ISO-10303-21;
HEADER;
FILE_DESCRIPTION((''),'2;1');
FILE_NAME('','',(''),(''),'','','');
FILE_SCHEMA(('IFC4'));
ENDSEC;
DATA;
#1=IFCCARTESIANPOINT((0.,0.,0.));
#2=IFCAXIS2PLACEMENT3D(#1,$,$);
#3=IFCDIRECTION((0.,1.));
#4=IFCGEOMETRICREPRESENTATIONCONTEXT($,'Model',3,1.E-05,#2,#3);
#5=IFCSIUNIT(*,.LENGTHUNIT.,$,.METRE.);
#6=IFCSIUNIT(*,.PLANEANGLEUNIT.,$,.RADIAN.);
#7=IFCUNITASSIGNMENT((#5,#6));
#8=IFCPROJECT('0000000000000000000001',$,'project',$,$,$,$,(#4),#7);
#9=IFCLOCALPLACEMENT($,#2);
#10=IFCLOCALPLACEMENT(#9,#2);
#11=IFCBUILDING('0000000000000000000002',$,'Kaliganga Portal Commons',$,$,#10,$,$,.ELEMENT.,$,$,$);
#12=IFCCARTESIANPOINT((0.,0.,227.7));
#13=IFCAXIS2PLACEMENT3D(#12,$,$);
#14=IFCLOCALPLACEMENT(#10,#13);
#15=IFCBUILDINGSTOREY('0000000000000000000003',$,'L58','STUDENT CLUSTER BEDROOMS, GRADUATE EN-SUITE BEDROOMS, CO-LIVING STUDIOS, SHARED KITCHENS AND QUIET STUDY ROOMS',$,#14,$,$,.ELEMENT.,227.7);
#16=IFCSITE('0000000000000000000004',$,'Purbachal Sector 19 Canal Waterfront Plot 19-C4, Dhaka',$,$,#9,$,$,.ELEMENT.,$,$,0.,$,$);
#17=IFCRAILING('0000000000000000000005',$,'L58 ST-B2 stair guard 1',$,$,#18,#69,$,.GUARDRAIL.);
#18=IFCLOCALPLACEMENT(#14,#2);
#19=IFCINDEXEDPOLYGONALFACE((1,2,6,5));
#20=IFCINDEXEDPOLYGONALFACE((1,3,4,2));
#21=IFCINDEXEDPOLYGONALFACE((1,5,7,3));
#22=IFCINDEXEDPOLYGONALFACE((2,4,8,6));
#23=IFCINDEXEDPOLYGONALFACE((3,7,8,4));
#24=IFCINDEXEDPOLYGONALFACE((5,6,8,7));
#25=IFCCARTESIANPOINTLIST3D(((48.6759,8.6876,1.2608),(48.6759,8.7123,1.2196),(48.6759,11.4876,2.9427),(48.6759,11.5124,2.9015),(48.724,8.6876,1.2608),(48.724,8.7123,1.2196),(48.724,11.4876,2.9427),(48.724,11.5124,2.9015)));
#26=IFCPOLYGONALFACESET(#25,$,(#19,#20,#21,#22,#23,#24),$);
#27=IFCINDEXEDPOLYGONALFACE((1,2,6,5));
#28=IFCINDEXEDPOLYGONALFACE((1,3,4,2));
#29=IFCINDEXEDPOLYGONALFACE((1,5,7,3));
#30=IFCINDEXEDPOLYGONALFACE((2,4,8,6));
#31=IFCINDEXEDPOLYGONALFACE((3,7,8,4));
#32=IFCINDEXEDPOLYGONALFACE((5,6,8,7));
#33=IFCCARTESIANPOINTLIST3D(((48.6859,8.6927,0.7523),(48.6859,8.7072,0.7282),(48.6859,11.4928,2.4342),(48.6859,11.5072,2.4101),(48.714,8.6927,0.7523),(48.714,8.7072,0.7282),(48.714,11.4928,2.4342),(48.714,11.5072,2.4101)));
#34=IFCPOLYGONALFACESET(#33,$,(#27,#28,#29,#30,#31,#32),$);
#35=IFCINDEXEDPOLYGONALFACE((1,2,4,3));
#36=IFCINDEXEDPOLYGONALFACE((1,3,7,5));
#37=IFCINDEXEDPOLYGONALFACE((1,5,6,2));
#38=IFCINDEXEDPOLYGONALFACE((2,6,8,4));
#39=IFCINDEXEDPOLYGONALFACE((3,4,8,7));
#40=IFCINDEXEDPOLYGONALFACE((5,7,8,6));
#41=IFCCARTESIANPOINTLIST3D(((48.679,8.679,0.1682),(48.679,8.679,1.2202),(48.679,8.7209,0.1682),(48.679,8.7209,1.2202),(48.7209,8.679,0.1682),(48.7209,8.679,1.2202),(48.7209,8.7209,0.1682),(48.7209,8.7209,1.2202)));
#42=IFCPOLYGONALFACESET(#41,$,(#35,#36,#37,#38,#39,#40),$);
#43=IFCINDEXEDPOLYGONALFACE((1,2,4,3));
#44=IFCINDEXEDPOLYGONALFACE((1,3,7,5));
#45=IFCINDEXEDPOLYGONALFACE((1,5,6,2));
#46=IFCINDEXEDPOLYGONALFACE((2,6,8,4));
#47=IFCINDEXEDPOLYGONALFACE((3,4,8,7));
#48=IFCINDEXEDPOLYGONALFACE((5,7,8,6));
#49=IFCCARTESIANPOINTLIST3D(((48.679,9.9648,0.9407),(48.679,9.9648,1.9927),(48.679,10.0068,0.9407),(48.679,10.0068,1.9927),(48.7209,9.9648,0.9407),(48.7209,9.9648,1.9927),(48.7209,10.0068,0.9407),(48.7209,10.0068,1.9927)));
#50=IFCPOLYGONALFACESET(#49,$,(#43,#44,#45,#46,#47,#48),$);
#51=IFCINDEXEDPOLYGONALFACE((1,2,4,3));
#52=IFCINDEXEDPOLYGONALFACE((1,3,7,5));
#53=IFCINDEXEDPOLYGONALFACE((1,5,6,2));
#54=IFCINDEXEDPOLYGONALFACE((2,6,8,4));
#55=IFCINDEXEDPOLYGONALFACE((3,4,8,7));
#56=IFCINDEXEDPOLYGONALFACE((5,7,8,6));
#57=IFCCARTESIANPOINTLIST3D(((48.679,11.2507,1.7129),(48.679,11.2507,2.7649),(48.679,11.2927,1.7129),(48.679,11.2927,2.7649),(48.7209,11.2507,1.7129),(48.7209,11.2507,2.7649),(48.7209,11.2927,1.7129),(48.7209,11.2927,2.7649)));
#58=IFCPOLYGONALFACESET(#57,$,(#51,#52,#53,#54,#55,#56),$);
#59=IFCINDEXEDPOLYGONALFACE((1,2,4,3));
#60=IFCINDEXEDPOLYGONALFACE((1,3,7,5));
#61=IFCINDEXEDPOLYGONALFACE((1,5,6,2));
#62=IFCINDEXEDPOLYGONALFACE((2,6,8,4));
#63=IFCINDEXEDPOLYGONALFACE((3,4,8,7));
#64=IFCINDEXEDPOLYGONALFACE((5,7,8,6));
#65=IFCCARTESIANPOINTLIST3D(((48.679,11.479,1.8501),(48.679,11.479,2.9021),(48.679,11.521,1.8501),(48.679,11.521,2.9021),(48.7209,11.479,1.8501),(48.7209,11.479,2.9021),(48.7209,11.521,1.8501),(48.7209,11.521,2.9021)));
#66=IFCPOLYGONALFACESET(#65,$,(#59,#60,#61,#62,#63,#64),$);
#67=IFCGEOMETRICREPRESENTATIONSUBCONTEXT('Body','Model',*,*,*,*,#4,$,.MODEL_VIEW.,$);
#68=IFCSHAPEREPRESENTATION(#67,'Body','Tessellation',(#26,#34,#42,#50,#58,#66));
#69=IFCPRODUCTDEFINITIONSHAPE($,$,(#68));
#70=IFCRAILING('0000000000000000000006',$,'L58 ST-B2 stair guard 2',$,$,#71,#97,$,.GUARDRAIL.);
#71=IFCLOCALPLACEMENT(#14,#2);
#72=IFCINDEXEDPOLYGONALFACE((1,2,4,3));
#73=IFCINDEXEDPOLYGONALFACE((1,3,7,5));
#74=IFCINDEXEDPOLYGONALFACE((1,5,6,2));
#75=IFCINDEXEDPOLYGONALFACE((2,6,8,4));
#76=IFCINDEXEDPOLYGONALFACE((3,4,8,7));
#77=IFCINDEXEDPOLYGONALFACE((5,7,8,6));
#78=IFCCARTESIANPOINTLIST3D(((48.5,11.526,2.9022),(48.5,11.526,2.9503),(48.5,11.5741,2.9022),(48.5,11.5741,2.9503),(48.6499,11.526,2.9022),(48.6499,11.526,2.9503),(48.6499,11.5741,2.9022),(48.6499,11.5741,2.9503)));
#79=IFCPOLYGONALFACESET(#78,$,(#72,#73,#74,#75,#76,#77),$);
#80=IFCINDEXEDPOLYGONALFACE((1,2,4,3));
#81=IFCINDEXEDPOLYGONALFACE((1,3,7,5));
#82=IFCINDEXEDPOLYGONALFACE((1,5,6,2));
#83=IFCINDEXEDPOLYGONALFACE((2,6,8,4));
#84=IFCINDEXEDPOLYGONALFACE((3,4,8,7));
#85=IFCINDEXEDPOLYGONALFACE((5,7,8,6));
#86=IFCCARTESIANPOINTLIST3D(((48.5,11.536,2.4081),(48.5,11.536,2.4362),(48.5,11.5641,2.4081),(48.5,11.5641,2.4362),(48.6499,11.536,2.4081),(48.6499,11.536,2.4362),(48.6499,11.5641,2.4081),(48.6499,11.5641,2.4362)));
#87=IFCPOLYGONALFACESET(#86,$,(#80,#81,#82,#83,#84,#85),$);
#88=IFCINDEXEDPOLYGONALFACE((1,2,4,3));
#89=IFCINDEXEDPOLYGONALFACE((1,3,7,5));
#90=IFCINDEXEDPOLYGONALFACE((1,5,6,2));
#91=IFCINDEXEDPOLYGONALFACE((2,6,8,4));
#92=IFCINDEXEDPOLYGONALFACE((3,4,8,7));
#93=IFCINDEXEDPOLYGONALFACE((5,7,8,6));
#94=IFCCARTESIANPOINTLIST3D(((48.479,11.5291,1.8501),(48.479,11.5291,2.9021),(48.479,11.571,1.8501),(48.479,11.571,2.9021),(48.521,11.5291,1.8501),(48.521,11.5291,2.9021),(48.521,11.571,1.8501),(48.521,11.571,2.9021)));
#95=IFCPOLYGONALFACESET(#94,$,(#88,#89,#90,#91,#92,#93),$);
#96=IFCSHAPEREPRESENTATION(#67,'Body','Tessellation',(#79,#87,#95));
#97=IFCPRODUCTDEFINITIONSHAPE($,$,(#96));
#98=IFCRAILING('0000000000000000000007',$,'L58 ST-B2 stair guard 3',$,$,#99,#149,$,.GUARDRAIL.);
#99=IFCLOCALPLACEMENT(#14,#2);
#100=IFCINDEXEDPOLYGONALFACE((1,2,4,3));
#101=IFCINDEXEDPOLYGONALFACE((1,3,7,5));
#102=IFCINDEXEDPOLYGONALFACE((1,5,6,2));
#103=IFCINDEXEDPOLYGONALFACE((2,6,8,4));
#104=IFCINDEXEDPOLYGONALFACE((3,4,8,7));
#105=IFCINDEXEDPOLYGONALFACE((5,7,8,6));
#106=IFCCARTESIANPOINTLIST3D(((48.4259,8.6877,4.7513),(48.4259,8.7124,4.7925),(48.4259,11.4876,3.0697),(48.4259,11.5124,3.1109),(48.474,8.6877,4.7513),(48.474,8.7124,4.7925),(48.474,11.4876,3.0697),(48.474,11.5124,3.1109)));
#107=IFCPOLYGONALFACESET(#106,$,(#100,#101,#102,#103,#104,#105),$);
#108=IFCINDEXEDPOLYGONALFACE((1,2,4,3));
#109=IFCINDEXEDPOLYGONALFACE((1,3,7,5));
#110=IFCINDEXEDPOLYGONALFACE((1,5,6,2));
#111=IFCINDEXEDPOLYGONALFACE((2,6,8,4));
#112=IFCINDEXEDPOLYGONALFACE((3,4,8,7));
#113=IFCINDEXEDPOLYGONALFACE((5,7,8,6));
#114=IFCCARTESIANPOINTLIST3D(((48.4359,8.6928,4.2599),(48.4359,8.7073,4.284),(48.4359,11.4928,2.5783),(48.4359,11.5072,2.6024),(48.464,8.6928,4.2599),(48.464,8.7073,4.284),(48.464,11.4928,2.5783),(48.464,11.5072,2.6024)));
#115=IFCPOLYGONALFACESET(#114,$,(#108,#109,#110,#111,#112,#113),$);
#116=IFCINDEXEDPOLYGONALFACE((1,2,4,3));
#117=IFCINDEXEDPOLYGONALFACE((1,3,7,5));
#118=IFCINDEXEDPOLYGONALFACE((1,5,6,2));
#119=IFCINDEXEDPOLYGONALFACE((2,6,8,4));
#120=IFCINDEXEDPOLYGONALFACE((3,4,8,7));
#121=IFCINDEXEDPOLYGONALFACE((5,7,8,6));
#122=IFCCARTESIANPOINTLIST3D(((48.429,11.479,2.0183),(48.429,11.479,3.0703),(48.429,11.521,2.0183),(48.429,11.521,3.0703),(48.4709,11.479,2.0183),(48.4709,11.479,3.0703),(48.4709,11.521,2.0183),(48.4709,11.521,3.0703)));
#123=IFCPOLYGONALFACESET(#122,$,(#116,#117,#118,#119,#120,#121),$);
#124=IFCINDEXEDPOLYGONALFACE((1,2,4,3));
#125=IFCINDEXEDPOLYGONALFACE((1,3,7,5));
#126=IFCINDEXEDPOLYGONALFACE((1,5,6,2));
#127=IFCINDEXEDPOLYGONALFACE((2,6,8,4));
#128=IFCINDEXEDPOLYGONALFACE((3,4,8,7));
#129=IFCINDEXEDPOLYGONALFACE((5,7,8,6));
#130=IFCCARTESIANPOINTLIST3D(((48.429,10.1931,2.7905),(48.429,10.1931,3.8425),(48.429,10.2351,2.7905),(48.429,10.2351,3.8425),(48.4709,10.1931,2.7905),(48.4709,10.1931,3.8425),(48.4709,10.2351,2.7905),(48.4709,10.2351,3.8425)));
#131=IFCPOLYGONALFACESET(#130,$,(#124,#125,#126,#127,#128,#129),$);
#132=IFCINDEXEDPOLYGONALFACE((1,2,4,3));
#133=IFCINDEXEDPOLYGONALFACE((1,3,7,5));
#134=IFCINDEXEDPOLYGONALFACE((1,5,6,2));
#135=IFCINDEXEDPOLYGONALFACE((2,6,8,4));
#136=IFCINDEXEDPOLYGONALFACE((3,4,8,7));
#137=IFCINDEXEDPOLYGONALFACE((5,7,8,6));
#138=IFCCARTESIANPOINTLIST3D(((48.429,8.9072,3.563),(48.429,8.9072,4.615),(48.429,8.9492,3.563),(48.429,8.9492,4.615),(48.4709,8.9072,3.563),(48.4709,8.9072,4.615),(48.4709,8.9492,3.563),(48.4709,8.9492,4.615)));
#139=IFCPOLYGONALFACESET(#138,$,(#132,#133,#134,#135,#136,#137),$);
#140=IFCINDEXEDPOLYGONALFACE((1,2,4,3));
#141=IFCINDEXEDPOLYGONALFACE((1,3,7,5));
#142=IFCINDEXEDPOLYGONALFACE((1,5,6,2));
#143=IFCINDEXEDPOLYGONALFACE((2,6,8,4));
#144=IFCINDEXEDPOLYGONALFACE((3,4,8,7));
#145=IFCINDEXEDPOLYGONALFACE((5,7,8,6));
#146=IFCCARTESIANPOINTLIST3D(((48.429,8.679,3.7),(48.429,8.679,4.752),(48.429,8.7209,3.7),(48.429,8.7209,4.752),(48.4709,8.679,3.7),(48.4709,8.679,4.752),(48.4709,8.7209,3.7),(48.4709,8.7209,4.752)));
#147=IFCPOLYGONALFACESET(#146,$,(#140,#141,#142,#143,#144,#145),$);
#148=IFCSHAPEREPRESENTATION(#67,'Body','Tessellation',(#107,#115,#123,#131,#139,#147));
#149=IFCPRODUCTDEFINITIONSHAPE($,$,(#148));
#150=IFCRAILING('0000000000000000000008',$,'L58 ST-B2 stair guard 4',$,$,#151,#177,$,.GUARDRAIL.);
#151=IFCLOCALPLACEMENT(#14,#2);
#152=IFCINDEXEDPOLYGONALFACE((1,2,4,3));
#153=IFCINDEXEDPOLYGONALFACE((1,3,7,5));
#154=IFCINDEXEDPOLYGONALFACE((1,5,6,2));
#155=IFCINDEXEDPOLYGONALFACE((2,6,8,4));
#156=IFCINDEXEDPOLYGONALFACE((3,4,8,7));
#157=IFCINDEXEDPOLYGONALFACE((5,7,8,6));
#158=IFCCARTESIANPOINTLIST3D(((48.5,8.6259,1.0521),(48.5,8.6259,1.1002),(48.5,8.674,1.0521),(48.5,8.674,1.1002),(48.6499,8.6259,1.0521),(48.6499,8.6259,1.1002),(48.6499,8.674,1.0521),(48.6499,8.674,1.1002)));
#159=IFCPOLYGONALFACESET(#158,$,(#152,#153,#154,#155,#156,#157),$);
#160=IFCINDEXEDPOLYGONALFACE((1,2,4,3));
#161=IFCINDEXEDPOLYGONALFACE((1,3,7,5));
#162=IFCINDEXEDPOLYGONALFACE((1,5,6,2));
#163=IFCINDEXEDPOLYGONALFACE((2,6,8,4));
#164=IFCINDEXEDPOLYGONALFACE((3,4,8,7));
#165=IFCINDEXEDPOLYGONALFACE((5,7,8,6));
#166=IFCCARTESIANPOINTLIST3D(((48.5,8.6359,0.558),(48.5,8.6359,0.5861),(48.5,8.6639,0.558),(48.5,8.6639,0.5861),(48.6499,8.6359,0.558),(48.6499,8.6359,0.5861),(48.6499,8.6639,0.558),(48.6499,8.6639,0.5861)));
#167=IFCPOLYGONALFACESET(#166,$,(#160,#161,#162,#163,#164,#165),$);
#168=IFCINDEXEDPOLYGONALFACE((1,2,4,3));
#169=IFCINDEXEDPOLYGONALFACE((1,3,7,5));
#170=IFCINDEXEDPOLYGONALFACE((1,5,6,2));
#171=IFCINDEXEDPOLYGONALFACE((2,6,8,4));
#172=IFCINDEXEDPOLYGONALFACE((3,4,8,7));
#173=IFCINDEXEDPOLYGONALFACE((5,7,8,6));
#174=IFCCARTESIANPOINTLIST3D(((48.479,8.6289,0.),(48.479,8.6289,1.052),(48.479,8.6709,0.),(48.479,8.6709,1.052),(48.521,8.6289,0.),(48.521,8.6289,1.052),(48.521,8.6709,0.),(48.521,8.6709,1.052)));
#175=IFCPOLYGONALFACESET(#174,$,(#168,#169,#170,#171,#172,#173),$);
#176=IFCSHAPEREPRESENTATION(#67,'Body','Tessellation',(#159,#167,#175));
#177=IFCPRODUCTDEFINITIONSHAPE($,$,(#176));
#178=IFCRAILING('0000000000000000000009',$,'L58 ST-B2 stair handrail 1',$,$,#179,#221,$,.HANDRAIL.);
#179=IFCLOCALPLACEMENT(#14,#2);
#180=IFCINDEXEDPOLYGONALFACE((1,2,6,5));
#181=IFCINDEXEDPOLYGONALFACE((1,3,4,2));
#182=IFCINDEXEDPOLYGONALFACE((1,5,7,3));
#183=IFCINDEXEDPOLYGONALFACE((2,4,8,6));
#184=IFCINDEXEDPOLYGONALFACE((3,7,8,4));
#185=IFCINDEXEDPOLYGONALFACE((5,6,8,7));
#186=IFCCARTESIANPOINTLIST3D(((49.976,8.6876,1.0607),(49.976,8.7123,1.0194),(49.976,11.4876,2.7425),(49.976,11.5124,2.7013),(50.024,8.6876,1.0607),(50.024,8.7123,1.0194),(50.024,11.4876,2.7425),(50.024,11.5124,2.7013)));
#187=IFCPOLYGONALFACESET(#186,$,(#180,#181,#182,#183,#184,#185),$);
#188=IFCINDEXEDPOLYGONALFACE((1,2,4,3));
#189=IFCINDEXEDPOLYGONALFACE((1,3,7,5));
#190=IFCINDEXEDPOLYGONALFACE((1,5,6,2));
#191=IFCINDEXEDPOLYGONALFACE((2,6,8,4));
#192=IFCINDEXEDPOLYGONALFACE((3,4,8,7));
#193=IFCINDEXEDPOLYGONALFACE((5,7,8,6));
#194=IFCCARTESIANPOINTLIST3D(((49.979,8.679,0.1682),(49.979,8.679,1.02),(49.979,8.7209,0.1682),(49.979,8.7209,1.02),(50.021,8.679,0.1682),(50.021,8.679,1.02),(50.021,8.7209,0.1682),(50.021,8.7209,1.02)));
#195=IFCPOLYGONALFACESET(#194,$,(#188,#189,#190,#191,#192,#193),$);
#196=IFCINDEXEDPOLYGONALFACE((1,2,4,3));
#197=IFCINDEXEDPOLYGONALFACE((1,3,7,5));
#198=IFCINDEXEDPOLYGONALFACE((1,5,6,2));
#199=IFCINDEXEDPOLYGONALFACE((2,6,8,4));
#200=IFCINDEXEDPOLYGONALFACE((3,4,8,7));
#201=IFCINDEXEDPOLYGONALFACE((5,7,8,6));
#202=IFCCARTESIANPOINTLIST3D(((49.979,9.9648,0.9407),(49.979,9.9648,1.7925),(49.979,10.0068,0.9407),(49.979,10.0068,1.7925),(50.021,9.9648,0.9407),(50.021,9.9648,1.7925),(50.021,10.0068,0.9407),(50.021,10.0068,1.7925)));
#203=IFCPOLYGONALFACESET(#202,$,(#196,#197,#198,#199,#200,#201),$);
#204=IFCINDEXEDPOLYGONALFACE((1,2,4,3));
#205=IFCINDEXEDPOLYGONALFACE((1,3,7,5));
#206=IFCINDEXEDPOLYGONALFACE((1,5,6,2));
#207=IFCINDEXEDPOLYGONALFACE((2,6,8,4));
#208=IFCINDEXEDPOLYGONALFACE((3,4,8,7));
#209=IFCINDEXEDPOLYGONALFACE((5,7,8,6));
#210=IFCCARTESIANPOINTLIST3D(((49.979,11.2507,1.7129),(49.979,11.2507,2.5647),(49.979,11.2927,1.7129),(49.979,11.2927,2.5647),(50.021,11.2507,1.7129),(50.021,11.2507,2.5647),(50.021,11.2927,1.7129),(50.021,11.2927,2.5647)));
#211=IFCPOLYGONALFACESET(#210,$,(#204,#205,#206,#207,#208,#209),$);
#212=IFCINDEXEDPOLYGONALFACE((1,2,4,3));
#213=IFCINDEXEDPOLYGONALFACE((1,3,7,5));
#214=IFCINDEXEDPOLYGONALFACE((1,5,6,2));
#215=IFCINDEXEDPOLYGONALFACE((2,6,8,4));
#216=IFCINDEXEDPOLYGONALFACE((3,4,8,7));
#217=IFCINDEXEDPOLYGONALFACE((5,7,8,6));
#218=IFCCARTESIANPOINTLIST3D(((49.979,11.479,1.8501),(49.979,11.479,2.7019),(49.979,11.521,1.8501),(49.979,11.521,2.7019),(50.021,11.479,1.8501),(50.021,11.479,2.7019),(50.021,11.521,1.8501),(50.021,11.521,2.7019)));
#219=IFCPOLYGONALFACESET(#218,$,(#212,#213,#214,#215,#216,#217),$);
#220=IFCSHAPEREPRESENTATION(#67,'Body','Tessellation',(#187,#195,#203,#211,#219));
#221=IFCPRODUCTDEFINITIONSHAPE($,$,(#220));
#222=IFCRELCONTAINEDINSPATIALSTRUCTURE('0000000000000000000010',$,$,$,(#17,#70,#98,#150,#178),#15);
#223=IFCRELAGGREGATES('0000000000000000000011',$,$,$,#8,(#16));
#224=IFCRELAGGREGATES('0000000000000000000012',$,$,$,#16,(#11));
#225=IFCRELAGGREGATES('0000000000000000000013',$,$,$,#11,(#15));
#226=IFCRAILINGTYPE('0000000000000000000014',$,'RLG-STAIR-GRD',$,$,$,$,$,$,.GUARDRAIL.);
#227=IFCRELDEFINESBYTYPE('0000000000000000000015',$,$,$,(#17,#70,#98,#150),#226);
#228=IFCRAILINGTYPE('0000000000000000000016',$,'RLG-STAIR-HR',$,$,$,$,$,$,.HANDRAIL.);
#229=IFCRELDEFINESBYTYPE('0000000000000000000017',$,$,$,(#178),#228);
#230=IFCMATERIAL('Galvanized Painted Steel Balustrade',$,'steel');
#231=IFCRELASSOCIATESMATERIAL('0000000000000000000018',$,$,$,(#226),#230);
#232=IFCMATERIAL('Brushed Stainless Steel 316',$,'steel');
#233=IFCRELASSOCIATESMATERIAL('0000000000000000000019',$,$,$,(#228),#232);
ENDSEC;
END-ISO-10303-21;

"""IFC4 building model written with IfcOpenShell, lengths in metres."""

from ifc_helpers import new_model, si_unit, direction, frame, origin, origin_2d, place, context, subcontext, project, spatial, rectangle, extrude, material, type_object, element, save


model = new_model("IFC4")

# Units and contexts
model_context = context("Model", 3, precision=1e-05, world=origin(), true_north=direction((0.0, 1.0)))
body_context = subcontext(model_context, "Body", "Model", "MODEL_VIEW")
ifc_project = project(units=[si_unit("LENGTHUNIT", "METRE"), si_unit("PLANEANGLEUNIT", "RADIAN")], contexts=[model_context])

# Site, building, storey
site_placement = place(None, origin())
site = spatial("IfcSite", under=ifc_project, at=site_placement, Name="Purbachal Sector 19 Canal Waterfront Plot 19-C4, Dhaka", CompositionType="ELEMENT", RefElevation=0.0)
building_placement = place(site_placement, origin())
building = spatial("IfcBuilding", under=site, at=building_placement, Name="Kaliganga Portal Commons", CompositionType="ELEMENT")
storey_placement = place(building_placement, frame((0.0, 0.0, 227.7)))
storey = spatial("IfcBuildingStorey", under=building, at=storey_placement, Name="L58", Description="STUDENT CLUSTER BEDROOMS, GRADUATE EN-SUITE BEDROOMS, CO-LIVING STUDIOS, SHARED KITCHENS AND QUIET STUDY ROOMS", CompositionType="ELEMENT", Elevation=227.7)

# Railings
ifc_material_1 = material(Name="Galvanized Painted Steel Balustrade", Category="steel")
railing_type_1 = type_object("IfcRailingType", Name="RLG-STAIR-GRD", PredefinedType="GUARDRAIL", material=ifc_material_1)
railing_1_placement = place(storey_placement, frame((48.7, 8.7, 0.1682)))
element("IfcRailing", 1, at=railing_1_placement, inside=storey, type_object=railing_type_1, Name="L58 ST-B2 stair guard 1", PredefinedType="GUARDRAIL", context=body_context, shape_type="SweptSolid", body=[
    extrude(rectangle(XDim=0.0481, YDim=0.0481, at=origin_2d()), frame((0.0, 0.0, 1.072), z_axis=(0.0, 0.857242, 0.514913), x_axis=(-1.0, 0.0, 0.0)), (0.0, 0.0, 1.0), 3.2664),
    extrude(rectangle(XDim=0.0281, YDim=0.0281, at=origin_2d()), frame((0.0, 0.0, 0.572), z_axis=(0.0, 0.857242, 0.514913), x_axis=(-1.0, 0.0, 0.0)), (0.0, 0.0, 1.0), 3.2664),
    extrude(rectangle(XDim=0.042, YDim=0.042, at=origin_2d()), origin(), (0.0, 0.0, 1.0), 1.052),
    extrude(rectangle(XDim=0.042, YDim=0.042, at=origin_2d()), frame((0.0, 1.2859, 0.7725)), (0.0, 0.0, 1.0), 1.052),
    extrude(rectangle(XDim=0.042, YDim=0.042, at=origin_2d()), frame((0.0, 2.5718, 1.5447)), (0.0, 0.0, 1.0), 1.052),
    extrude(rectangle(XDim=0.042, YDim=0.042, at=origin_2d()), frame((0.0, 2.8, 1.6819)), (0.0, 0.0, 1.0), 1.052),
])
railing_2_placement = place(storey_placement, frame((48.6499, 11.55, 1.8501)))
element("IfcRailing", 2, at=railing_2_placement, inside=storey, type_object=railing_type_1, Name="L58 ST-B2 stair guard 2", PredefinedType="GUARDRAIL", context=body_context, shape_type="SweptSolid", body=[
    extrude(rectangle(XDim=0.0481, YDim=0.0481, at=origin_2d()), frame((0.0, 0.0, 1.0762), z_axis=(-1.0, 0.0, 0.0), x_axis=(0.0, -1.0, 0.0)), (0.0, 0.0, 1.0), 0.1499),
    extrude(rectangle(XDim=0.0281, YDim=0.0281, at=origin_2d()), frame((0.0, 0.0, 0.572), z_axis=(-1.0, 0.0, 0.0), x_axis=(0.0, -1.0, 0.0)), (0.0, 0.0, 1.0), 0.1499),
    extrude(rectangle(XDim=0.042, YDim=0.042, at=origin_2d()), frame((-0.1499, 0.0, 0.0)), (0.0, 0.0, 1.0), 1.052),
])
railing_3_placement = place(storey_placement, frame((48.45, 11.5, 2.0183)))
element("IfcRailing", 3, at=railing_3_placement, inside=storey, type_object=railing_type_1, Name="L58 ST-B2 stair guard 3", PredefinedType="GUARDRAIL", context=body_context, shape_type="SweptSolid", body=[
    extrude(rectangle(XDim=0.0481, YDim=0.0481, at=origin_2d()), frame((0.0, 0.0, 1.072), z_axis=(0.0, -0.857275, 0.514858), x_axis=(1.0, 0.0, 0.0)), (0.0, 0.0, 1.0), 3.2661),
    extrude(rectangle(XDim=0.0281, YDim=0.0281, at=origin_2d()), frame((0.0, 0.0, 0.572), z_axis=(0.0, -0.857275, 0.514858), x_axis=(1.0, 0.0, 0.0)), (0.0, 0.0, 1.0), 3.2661),
    extrude(rectangle(XDim=0.042, YDim=0.042, at=origin_2d()), origin(), (0.0, 0.0, 1.0), 1.052),
    extrude(rectangle(XDim=0.042, YDim=0.042, at=origin_2d()), frame((0.0, -1.2859, 0.7722)), (0.0, 0.0, 1.0), 1.052),
    extrude(rectangle(XDim=0.042, YDim=0.042, at=origin_2d()), frame((0.0, -2.5718, 1.5447)), (0.0, 0.0, 1.0), 1.052),
    extrude(rectangle(XDim=0.042, YDim=0.042, at=origin_2d()), frame((0.0, -2.8, 1.6816)), (0.0, 0.0, 1.0), 1.052),
])
railing_4_placement = place(storey_placement, frame((48.6499, 8.6499, 0.0)))
element("IfcRailing", 4, at=railing_4_placement, inside=storey, type_object=railing_type_1, Name="L58 ST-B2 stair guard 4", PredefinedType="GUARDRAIL", context=body_context, shape_type="SweptSolid", body=[
    extrude(rectangle(XDim=0.0481, YDim=0.0481, at=origin_2d()), frame((0.0, 0.0, 1.0762), z_axis=(-1.0, 0.0, 0.0), x_axis=(0.0, -1.0, 0.0)), (0.0, 0.0, 1.0), 0.1499),
    extrude(rectangle(XDim=0.0281, YDim=0.0281, at=origin_2d()), frame((0.0, 0.0, 0.572), z_axis=(-1.0, 0.0, 0.0), x_axis=(0.0, -1.0, 0.0)), (0.0, 0.0, 1.0), 0.1499),
    extrude(rectangle(XDim=0.042, YDim=0.042, at=origin_2d()), frame((-0.1499, 0.0, 0.0)), (0.0, 0.0, 1.0), 1.052),
])
ifc_material_2 = material(Name="Brushed Stainless Steel 316", Category="steel")
railing_type_2 = type_object("IfcRailingType", Name="RLG-STAIR-HR", PredefinedType="HANDRAIL", material=ifc_material_2)
railing_5_placement = place(storey_placement, frame((50.0, 8.7, 0.1682)))
element("IfcRailing", 5, at=railing_5_placement, inside=storey, type_object=railing_type_2, Name="L58 ST-B2 stair handrail 1", PredefinedType="HANDRAIL", context=body_context, shape_type="SweptSolid", body=[
    extrude(rectangle(XDim=0.0481, YDim=0.0481, at=origin_2d()), frame((0.0, 0.0, 0.8718), z_axis=(0.0, 0.857242, 0.514913), x_axis=(-1.0, 0.0, 0.0)), (0.0, 0.0, 1.0), 3.2664),
    extrude(rectangle(XDim=0.042, YDim=0.042, at=origin_2d()), origin(), (0.0, 0.0, 1.0), 0.8518),
    extrude(rectangle(XDim=0.042, YDim=0.042, at=origin_2d()), frame((0.0, 1.2859, 0.7725)), (0.0, 0.0, 1.0), 0.8518),
    extrude(rectangle(XDim=0.042, YDim=0.042, at=origin_2d()), frame((0.0, 2.5718, 1.5447)), (0.0, 0.0, 1.0), 0.8518),
    extrude(rectangle(XDim=0.042, YDim=0.042, at=origin_2d()), frame((0.0, 2.8, 1.6819)), (0.0, 0.0, 1.0), 0.8518),
])

save(model, "model.ifc")
